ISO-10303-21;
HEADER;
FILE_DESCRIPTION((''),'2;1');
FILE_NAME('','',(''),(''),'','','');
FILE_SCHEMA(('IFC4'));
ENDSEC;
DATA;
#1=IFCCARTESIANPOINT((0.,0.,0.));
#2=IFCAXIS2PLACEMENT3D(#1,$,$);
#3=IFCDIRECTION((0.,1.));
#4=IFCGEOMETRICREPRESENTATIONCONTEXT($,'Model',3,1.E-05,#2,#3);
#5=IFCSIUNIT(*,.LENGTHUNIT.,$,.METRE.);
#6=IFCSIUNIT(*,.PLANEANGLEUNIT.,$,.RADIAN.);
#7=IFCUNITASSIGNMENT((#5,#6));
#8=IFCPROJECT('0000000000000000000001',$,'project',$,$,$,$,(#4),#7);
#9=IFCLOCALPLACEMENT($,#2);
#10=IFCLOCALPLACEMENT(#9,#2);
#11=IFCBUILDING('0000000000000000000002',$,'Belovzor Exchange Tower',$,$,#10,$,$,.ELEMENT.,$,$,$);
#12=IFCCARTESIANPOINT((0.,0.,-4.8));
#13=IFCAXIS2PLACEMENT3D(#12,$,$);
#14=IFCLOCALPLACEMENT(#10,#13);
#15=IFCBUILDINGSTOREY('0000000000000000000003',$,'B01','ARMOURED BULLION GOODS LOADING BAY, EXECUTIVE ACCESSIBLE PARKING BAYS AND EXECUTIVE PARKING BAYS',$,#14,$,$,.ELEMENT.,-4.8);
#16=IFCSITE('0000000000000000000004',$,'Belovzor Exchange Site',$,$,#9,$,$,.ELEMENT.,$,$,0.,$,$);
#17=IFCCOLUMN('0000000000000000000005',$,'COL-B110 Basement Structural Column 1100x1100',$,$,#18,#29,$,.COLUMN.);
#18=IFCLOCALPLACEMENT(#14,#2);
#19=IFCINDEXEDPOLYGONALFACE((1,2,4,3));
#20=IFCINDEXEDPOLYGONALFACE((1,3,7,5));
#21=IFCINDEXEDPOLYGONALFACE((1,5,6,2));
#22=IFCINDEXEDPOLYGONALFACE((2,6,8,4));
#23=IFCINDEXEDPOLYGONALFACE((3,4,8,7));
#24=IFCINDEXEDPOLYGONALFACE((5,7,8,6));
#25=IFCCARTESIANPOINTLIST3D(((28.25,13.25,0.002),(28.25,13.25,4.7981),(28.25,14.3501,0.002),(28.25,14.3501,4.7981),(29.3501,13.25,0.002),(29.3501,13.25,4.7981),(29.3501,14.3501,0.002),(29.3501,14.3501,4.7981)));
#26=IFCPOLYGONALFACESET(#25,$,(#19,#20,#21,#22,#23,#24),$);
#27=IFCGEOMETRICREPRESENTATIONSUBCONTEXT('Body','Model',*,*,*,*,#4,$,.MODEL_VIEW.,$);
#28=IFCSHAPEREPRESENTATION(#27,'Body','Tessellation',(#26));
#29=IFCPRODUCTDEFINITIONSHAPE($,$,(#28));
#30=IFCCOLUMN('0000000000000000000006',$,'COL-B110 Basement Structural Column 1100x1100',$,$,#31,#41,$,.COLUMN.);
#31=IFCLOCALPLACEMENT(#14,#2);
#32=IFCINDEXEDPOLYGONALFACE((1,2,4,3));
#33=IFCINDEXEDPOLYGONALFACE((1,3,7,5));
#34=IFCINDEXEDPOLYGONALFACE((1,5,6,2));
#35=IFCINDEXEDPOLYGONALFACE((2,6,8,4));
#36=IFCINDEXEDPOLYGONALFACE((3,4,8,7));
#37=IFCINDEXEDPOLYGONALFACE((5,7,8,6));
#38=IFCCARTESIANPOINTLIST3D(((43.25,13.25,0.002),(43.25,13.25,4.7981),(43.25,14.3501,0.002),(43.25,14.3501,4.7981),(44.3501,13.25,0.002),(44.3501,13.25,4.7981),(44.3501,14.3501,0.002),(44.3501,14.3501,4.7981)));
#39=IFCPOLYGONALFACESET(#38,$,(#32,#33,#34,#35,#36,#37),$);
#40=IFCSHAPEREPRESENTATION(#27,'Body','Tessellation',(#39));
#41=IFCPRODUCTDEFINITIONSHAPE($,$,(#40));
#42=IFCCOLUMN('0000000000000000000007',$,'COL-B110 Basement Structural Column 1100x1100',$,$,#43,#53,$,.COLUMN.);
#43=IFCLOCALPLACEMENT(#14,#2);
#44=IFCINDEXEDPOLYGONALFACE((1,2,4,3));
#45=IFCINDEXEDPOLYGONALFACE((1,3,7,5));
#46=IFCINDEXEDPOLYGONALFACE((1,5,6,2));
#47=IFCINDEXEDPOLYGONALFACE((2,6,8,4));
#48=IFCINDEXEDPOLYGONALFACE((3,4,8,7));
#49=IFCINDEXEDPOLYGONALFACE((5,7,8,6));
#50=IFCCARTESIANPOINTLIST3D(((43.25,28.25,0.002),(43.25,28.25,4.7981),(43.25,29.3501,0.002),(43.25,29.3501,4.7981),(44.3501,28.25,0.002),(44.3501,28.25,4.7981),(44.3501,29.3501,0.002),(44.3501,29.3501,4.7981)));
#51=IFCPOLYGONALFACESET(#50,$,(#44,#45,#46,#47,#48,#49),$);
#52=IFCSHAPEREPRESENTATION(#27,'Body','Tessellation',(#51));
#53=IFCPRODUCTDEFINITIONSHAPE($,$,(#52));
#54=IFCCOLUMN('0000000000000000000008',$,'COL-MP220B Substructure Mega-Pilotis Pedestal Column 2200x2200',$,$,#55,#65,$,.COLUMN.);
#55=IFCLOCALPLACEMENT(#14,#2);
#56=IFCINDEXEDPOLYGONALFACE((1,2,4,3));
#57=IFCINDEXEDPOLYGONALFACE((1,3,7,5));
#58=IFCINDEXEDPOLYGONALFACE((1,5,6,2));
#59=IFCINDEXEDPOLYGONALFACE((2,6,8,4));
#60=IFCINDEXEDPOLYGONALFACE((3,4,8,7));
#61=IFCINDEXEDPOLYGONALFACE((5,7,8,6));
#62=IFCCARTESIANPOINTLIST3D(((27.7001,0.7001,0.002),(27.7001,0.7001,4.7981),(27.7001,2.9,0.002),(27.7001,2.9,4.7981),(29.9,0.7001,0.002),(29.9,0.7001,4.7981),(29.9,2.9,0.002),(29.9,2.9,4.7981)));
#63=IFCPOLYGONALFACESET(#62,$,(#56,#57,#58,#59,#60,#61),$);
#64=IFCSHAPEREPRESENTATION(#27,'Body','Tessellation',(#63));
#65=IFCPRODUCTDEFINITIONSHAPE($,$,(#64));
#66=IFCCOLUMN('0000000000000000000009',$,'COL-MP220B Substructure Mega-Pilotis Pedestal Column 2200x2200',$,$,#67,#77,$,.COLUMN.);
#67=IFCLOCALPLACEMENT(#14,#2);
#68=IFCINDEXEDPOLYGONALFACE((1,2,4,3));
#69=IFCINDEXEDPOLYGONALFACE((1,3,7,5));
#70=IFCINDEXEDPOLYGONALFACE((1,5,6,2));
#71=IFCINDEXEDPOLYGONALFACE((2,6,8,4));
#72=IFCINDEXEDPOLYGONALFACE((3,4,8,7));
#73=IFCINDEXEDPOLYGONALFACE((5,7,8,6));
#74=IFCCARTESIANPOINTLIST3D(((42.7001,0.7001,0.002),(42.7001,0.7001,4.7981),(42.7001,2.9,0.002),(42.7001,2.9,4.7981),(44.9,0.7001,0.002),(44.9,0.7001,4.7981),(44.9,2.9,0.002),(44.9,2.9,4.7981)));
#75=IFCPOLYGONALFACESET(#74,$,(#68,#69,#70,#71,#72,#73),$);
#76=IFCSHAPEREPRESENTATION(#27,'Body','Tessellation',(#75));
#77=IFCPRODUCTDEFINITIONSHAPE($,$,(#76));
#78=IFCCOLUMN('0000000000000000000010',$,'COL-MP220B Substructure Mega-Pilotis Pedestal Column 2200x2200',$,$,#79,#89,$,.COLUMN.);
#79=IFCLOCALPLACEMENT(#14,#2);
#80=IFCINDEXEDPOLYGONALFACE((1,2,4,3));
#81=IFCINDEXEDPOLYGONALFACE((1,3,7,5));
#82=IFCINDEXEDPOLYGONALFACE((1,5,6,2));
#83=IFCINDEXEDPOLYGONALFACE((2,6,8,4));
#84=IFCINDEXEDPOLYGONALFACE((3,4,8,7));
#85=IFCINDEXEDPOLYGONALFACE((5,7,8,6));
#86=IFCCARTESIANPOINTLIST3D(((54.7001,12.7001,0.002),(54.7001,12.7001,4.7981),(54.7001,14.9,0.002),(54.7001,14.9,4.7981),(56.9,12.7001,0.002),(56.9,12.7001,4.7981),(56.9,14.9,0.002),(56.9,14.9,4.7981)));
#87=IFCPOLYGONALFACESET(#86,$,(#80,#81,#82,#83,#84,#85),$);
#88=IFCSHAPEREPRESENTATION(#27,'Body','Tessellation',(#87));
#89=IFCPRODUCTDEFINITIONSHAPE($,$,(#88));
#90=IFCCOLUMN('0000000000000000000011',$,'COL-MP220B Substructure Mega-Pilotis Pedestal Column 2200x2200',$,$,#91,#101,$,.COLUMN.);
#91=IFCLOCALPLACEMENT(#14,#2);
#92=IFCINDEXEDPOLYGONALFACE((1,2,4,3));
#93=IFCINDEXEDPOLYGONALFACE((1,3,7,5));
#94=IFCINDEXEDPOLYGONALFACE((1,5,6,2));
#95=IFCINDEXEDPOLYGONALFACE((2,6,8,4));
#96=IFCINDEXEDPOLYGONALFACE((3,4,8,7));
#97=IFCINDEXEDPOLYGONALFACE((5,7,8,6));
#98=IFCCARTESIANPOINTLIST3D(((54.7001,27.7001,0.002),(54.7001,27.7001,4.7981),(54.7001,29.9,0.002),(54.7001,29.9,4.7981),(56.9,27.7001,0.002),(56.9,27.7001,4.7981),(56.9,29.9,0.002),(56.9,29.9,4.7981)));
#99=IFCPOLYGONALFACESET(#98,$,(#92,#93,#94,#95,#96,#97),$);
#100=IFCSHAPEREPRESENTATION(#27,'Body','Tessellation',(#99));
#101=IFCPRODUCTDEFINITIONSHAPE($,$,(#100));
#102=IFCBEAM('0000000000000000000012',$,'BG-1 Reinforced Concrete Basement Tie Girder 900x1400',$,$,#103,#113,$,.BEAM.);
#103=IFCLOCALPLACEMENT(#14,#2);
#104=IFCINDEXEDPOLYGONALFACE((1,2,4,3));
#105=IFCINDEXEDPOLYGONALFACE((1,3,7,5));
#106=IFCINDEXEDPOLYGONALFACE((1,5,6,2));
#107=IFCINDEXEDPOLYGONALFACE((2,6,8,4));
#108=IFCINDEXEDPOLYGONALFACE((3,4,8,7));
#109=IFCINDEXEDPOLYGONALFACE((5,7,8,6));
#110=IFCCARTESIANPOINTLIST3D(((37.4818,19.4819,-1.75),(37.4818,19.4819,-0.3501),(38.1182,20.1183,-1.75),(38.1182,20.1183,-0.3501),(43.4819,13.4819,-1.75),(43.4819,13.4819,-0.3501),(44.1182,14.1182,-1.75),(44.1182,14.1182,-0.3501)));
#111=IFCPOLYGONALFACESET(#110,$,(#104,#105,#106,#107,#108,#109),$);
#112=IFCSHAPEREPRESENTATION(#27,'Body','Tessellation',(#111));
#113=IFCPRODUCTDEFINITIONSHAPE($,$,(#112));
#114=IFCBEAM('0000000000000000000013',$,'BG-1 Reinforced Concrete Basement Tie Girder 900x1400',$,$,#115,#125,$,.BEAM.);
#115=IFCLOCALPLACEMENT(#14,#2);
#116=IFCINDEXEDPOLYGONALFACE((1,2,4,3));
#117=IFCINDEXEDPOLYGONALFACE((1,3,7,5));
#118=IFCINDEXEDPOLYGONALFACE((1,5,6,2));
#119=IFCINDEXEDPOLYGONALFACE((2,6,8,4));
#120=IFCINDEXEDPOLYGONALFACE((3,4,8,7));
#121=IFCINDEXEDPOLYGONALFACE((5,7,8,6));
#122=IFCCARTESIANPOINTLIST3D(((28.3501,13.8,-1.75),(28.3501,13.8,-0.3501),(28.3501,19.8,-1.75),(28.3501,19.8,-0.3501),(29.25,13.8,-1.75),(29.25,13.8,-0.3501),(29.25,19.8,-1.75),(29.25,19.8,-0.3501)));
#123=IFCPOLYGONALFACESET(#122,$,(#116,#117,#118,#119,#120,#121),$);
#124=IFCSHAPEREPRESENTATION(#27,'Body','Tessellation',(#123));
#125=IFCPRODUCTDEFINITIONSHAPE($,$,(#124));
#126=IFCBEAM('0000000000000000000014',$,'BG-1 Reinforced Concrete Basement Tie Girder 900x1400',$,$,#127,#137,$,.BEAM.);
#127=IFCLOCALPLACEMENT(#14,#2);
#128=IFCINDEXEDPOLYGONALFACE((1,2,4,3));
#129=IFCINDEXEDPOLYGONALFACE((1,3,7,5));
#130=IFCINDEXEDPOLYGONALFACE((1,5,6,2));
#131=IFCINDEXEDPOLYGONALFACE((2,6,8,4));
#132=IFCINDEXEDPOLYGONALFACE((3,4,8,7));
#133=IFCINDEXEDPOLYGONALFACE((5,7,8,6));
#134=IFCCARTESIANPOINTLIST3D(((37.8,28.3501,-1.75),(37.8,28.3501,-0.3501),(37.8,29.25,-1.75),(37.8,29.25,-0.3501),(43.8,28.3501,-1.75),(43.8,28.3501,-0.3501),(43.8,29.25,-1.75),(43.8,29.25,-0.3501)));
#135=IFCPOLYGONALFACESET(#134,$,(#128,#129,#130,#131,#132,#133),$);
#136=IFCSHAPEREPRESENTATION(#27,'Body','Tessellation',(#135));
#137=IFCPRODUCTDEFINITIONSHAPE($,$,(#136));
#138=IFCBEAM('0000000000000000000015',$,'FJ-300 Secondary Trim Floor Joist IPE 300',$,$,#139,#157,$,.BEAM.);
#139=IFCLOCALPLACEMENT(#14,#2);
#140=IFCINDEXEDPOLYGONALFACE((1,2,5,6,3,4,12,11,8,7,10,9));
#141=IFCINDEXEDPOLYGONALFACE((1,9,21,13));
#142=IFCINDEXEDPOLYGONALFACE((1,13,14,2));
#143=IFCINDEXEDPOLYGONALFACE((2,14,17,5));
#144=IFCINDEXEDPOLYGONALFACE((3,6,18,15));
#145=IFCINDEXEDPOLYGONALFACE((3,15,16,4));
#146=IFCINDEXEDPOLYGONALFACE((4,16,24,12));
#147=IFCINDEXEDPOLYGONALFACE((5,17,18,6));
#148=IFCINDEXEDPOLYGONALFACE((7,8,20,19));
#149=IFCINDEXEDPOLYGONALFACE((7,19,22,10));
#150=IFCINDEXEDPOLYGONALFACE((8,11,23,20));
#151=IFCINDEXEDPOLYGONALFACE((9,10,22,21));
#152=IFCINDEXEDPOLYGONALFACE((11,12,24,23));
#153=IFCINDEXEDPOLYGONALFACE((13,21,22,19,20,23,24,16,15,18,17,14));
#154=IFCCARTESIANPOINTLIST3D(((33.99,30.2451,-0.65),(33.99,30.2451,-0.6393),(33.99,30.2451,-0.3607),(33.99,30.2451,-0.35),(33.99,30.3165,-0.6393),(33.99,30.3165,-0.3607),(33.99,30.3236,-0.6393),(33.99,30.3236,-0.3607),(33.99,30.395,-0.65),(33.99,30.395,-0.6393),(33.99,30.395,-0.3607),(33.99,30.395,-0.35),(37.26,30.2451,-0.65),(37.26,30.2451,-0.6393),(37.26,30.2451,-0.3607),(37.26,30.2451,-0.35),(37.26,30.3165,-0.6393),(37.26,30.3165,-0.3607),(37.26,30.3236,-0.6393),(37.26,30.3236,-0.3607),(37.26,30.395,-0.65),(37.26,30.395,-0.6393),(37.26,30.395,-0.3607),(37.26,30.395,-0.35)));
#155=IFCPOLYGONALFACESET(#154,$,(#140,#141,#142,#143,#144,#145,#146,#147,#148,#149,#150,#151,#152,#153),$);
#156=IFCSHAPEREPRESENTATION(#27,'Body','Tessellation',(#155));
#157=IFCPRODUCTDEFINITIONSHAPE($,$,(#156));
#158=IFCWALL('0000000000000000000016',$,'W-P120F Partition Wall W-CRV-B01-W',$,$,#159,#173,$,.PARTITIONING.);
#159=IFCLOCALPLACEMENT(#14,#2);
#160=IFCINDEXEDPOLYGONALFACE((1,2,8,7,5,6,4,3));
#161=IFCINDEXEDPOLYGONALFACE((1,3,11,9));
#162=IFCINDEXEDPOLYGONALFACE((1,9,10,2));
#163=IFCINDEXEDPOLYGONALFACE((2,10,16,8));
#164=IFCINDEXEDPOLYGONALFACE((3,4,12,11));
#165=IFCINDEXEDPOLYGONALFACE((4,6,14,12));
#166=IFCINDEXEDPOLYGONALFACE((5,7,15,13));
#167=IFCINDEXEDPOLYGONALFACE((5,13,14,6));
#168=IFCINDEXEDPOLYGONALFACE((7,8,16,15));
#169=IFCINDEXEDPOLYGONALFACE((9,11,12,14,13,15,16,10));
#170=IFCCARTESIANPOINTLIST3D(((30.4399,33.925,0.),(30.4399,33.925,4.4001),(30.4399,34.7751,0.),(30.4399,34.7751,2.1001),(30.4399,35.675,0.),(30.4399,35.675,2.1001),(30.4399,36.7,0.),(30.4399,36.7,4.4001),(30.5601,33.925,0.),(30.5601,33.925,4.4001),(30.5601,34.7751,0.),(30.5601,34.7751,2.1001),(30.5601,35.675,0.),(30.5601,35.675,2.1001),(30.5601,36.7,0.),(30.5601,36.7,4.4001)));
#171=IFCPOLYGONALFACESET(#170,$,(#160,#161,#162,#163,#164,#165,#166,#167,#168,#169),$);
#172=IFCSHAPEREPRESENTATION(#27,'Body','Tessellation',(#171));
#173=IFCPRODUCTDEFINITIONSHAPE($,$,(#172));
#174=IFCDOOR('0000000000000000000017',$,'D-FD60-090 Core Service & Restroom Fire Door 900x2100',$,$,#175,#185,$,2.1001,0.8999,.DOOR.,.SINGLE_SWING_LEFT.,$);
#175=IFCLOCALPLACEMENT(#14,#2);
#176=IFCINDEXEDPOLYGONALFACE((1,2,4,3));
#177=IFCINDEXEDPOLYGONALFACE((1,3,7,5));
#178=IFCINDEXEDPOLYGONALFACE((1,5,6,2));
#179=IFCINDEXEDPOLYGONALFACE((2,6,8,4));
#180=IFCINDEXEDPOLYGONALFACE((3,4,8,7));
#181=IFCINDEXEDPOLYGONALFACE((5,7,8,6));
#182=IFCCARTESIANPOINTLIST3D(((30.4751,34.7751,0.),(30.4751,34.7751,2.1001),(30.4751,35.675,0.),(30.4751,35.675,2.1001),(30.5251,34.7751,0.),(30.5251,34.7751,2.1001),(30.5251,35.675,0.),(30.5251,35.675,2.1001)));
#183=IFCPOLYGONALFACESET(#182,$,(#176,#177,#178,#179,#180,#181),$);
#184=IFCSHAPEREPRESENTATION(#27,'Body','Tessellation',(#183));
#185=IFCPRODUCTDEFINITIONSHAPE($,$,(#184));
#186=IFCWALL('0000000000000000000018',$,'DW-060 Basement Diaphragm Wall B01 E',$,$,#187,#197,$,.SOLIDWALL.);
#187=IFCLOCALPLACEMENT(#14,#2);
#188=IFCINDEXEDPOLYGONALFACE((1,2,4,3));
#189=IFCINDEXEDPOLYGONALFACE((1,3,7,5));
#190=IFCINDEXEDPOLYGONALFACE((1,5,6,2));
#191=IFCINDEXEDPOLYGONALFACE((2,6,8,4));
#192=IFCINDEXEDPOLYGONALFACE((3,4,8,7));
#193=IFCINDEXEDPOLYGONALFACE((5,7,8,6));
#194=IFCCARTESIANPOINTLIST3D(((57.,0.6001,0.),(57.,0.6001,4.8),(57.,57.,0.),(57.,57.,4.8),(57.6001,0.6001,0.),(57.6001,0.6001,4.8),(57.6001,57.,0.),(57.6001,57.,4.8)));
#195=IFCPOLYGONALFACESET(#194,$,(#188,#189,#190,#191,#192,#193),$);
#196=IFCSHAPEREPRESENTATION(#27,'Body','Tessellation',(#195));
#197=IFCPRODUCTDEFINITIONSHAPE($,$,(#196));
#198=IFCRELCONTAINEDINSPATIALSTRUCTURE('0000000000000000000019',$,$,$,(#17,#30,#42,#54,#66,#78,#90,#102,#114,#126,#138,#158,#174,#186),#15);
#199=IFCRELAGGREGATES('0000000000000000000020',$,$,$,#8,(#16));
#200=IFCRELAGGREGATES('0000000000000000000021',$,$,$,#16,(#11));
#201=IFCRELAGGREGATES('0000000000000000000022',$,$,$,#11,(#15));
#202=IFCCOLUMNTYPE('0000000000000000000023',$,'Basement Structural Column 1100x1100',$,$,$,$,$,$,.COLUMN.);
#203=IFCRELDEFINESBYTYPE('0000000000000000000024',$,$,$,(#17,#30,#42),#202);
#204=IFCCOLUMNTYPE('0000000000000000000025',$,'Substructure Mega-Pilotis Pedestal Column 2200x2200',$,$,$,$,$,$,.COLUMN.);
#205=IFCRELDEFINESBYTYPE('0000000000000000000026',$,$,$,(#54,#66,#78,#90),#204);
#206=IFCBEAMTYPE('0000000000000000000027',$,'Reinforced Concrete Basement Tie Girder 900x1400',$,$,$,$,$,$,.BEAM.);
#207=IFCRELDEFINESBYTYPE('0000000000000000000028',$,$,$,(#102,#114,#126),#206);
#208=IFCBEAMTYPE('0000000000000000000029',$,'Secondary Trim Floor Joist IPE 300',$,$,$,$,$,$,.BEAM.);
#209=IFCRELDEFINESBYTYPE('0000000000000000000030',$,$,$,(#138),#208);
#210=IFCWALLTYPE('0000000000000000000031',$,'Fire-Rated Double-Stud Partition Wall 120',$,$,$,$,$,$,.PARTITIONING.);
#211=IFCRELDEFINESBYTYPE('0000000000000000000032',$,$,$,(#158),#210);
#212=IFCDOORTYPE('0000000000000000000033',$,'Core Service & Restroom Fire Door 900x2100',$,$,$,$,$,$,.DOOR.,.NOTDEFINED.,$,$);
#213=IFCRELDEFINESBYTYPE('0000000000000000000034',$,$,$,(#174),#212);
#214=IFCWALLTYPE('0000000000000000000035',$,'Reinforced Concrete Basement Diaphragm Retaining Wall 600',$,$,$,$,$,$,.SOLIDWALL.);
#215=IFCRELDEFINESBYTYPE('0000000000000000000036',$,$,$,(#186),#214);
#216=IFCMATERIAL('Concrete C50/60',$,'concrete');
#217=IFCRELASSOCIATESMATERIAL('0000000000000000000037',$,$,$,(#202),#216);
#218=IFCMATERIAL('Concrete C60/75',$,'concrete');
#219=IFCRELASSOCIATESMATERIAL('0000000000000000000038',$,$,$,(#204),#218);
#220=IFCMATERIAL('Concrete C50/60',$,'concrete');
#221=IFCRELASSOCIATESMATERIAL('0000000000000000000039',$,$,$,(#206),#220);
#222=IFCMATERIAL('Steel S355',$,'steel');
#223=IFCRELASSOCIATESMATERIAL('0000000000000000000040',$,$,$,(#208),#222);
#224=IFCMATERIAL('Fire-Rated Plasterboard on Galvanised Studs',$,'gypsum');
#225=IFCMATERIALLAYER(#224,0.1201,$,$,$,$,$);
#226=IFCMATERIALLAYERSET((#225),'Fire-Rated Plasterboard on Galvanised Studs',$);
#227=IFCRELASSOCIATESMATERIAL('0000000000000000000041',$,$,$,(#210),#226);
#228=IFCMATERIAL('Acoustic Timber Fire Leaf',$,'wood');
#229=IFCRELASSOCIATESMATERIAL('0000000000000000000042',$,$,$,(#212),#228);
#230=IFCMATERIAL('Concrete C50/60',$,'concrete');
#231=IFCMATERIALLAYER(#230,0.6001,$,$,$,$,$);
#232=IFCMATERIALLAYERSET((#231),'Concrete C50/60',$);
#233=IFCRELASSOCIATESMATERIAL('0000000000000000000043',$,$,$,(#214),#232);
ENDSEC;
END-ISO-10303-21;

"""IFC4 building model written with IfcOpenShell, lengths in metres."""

from ifc_helpers import new_model, si_unit, direction, frame, frame_2d, origin, origin_2d, place, context, subcontext, project, spatial, rectangle, i_section, extrude, material, layer, layer_set, material_profile, profile_set, type_object, element, fill, save


model = new_model("IFC4")

# Units and contexts
model_context = context("Model", 3, precision=1e-05, world=origin(), true_north=direction((0.0, 1.0)))
body_context = subcontext(model_context, "Body", "Model", "MODEL_VIEW")
ifc_project = project(units=[si_unit("LENGTHUNIT", "METRE"), si_unit("PLANEANGLEUNIT", "RADIAN")], contexts=[model_context])

# Site, building, storey
site_placement = place(None, origin())
site = spatial("IfcSite", under=ifc_project, at=site_placement, Name="Belovzor Exchange Site", CompositionType="ELEMENT", RefElevation=0.0)
building_placement = place(site_placement, origin())
building = spatial("IfcBuilding", under=site, at=building_placement, Name="Belovzor Exchange Tower", CompositionType="ELEMENT")
storey_placement = place(building_placement, frame((0.0, 0.0, -4.8)))
storey = spatial("IfcBuildingStorey", under=building, at=storey_placement, Name="B01", Description="ARMOURED BULLION GOODS LOADING BAY, EXECUTIVE ACCESSIBLE PARKING BAYS AND EXECUTIVE PARKING BAYS", CompositionType="ELEMENT", Elevation=-4.8)

# Columns
ifc_material_1 = material(Name="Concrete C50/60", Category="concrete")
ifc_material_profile_1 = material_profile(ifc_material_1, rectangle(XDim=1.1001, YDim=1.1001, at=origin_2d()))
ifc_profile_set_1 = profile_set([ifc_material_profile_1], Name="Concrete C50/60")
column_type_1 = type_object("IfcColumnType", Name="Basement Structural Column 1100x1100", PredefinedType="COLUMN", material=ifc_profile_set_1)
for number, where, z_axis, x_axis, name in (
    (1, (28.8, 13.8, 0.002), (0.0, 0.0, 1.0), (1.0, 0.0, 0.0), "COL-B110 Basement Structural Column 1100x1100"),
    (2, (43.8, 13.8, 0.002), (0.0, 0.0, 1.0), (1.0, 0.0, 0.0), "COL-B110 Basement Structural Column 1100x1100"),
    (3, (43.8, 28.8, 0.002), (0.0, 0.0, 1.0), (1.0, 0.0, 0.0), "COL-B110 Basement Structural Column 1100x1100"),
):
    element("IfcColumn", number, at=place(storey_placement, frame(where, z_axis=z_axis, x_axis=x_axis)), inside=storey, type_object=column_type_1, Name=name, PredefinedType="COLUMN", context=body_context, shape_type="SweptSolid", body=[
        extrude(rectangle(XDim=1.1001, YDim=1.1001, at=origin_2d()), origin(), (0.0, 0.0, 1.0), 4.7961),
    ])
ifc_material_2 = material(Name="Concrete C60/75", Category="concrete")
ifc_material_profile_2 = material_profile(ifc_material_2, rectangle(XDim=2.2, YDim=2.2, at=origin_2d()))
ifc_profile_set_2 = profile_set([ifc_material_profile_2], Name="Concrete C60/75")
column_type_2 = type_object("IfcColumnType", Name="Substructure Mega-Pilotis Pedestal Column 2200x2200", PredefinedType="COLUMN", material=ifc_profile_set_2)
for number, where, z_axis, x_axis, name in (
    (4, (28.8, 1.8, 0.002), (0.0, 0.0, 1.0), (1.0, 0.0, 0.0), "COL-MP220B Substructure Mega-Pilotis Pedestal Column 2200x2200"),
    (5, (43.8, 1.8, 0.002), (0.0, 0.0, 1.0), (1.0, 0.0, 0.0), "COL-MP220B Substructure Mega-Pilotis Pedestal Column 2200x2200"),
    (6, (55.8, 13.8, 0.002), (0.0, 0.0, 1.0), (1.0, 0.0, 0.0), "COL-MP220B Substructure Mega-Pilotis Pedestal Column 2200x2200"),
    (7, (55.8, 28.8, 0.002), (0.0, 0.0, 1.0), (1.0, 0.0, 0.0), "COL-MP220B Substructure Mega-Pilotis Pedestal Column 2200x2200"),
):
    element("IfcColumn", number, at=place(storey_placement, frame(where, z_axis=z_axis, x_axis=x_axis)), inside=storey, type_object=column_type_2, Name=name, PredefinedType="COLUMN", context=body_context, shape_type="SweptSolid", body=[
        extrude(rectangle(XDim=2.2, YDim=2.2, at=origin_2d()), origin(), (0.0, 0.0, 1.0), 4.7961),
    ])

# Beams
ifc_material_3 = material(Name="Concrete C50/60", Category="concrete")
ifc_material_profile_3 = material_profile(ifc_material_3, rectangle(XDim=0.8999, YDim=1.3999, at=origin_2d()))
ifc_profile_set_3 = profile_set([ifc_material_profile_3], Name="Concrete C50/60")
beam_type_1 = type_object("IfcBeamType", Name="Reinforced Concrete Basement Tie Girder 900x1400", PredefinedType="BEAM", material=ifc_profile_set_3)
beam_1_placement = place(storey_placement, frame((43.8, 13.8, -1.05), z_axis=(-0.707107, 0.707107, 0.0), x_axis=(-0.707107, -0.707107, 0.0)))
element("IfcBeam", 8, at=beam_1_placement, inside=storey, type_object=beam_type_1, Name="BG-1 Reinforced Concrete Basement Tie Girder 900x1400", PredefinedType="BEAM", context=body_context, shape_type="SweptSolid", body=[
    extrude(rectangle(XDim=0.8999, YDim=1.3999, at=origin_2d()), origin(), (0.0, 0.0, 1.0), 8.4854),
])
for number, where, z_axis, x_axis, name in (
    (9, (28.8, 13.8, -1.05), (0.0, 1.0, 0.0), (-1.0, 0.0, 0.0), "BG-1 Reinforced Concrete Basement Tie Girder 900x1400"),
    (10, (43.8, 28.8, -1.05), (-1.0, 0.0, 0.0), (0.0, -1.0, 0.0), "BG-1 Reinforced Concrete Basement Tie Girder 900x1400"),
):
    element("IfcBeam", number, at=place(storey_placement, frame(where, z_axis=z_axis, x_axis=x_axis)), inside=storey, type_object=beam_type_1, Name=name, PredefinedType="BEAM", context=body_context, shape_type="SweptSolid", body=[
        extrude(rectangle(XDim=0.8999, YDim=1.3999, at=origin_2d()), origin(), (0.0, 0.0, 1.0), 6.0),
    ])
ifc_material_4 = material(Name="Steel S355", Category="steel")
ifc_material_profile_4 = material_profile(ifc_material_4, i_section(OverallWidth=0.1499, OverallDepth=0.3, WebThickness=0.0071, FlangeThickness=0.0107, at=origin_2d()))
ifc_profile_set_4 = profile_set([ifc_material_profile_4], Name="Steel S355")
beam_type_2 = type_object("IfcBeamType", Name="Secondary Trim Floor Joist IPE 300", PredefinedType="BEAM", material=ifc_profile_set_4)
beam_2_placement = place(storey_placement, frame((37.26, 30.3201, -0.5), z_axis=(-1.0, 0.0, 0.0), x_axis=(0.0, -1.0, 0.0)))
element("IfcBeam", 11, at=beam_2_placement, inside=storey, type_object=beam_type_2, Name="FJ-300 Secondary Trim Floor Joist IPE 300", PredefinedType="BEAM", context=body_context, shape_type="SweptSolid", body=[
    extrude(i_section(OverallWidth=0.1499, OverallDepth=0.3, WebThickness=0.0071, FlangeThickness=0.0107, at=origin_2d()), origin(), (0.0, 0.0, 1.0), 3.27),
])

# Wall, opening, door
ifc_material_5 = material(Name="Fire-Rated Plasterboard on Galvanised Studs", Category="gypsum")
ifc_layer_1 = layer(ifc_material_5, 0.1201)
ifc_layer_set_1 = layer_set([ifc_layer_1], Name="Fire-Rated Plasterboard on Galvanised Studs")
wall_type_1 = type_object("IfcWallType", Name="Fire-Rated Double-Stud Partition Wall 120", PredefinedType="PARTITIONING", material=ifc_layer_set_1)
wall_1_placement = place(storey_placement, frame((30.5, 33.925, 0.0), z_axis=(0.0, 0.0, 1.0), x_axis=(0.0, 1.0, 0.0)))
wall_1 = element("IfcWall", 12, at=wall_1_placement, inside=storey, type_object=wall_type_1, Name="W-P120F Partition Wall W-CRV-B01-W", PredefinedType="PARTITIONING", context=body_context, shape_type="SweptSolid", body=[
    extrude(rectangle(XDim=2.7749, YDim=0.1201, at=frame_2d((1.3875, 0.0))), origin(), (0.0, 0.0, 1.0), 4.4001),
])
opening_1_placement = place(wall_1_placement, frame((0.8501, 0.0, 0.0)))
opening_1 = element("IfcOpeningElement", 13, at=opening_1_placement, cuts=wall_1, PredefinedType="OPENING", context=body_context, shape_type="SweptSolid", body=[
    extrude(rectangle(XDim=0.8999, YDim=2.1001, at=frame_2d((0.45, 1.05))), frame((0.0, 0.0701, 0.0), z_axis=(0.0, -1.0, 0.0), x_axis=(1.0, 0.0, 0.0)), (0.0, 0.0, 1.0), 0.1401),
])
ifc_material_6 = material(Name="Acoustic Timber Fire Leaf", Category="wood")
door_type_1 = type_object("IfcDoorType", Name="Core Service & Restroom Fire Door 900x2100", OperationType="NOTDEFINED", PredefinedType="DOOR", material=ifc_material_6)
door_1_placement = place(opening_1_placement, origin())
door_1 = element("IfcDoor", 14, at=door_1_placement, inside=storey, type_object=door_type_1, Name="D-FD60-090 Core Service & Restroom Fire Door 900x2100", OperationType="SINGLE_SWING_LEFT", OverallHeight=2.1001, OverallWidth=0.8999, PredefinedType="DOOR", context=body_context, shape_type="SweptSolid", body=[
    extrude(rectangle(XDim=0.8999, YDim=2.1001, at=frame_2d((0.45, 1.05))), frame((0.0, 0.0249, 0.0), z_axis=(0.0, -1.0, 0.0), x_axis=(1.0, 0.0, 0.0)), (0.0, 0.0, 1.0), 0.05),
])
fill(opening_1, door_1)

# Wall
ifc_material_7 = material(Name="Concrete C50/60", Category="concrete")
ifc_layer_2 = layer(ifc_material_7, 0.6001)
ifc_layer_set_2 = layer_set([ifc_layer_2], Name="Concrete C50/60")
wall_type_2 = type_object("IfcWallType", Name="Reinforced Concrete Basement Diaphragm Retaining Wall 600", PredefinedType="SOLIDWALL", material=ifc_layer_set_2)
wall_2_placement = place(storey_placement, frame((57.3, 0.6001, 0.0), z_axis=(0.0, 0.0, 1.0), x_axis=(0.0, 1.0, 0.0)))
element("IfcWall", 15, at=wall_2_placement, inside=storey, type_object=wall_type_2, Name="DW-060 Basement Diaphragm Wall B01 E", PredefinedType="SOLIDWALL", context=body_context, shape_type="SweptSolid", body=[
    extrude(rectangle(XDim=56.3999, YDim=0.6001, at=frame_2d((28.2, 0.0))), origin(), (0.0, 0.0, 1.0), 4.8),
])

save(model, "model.ifc")
